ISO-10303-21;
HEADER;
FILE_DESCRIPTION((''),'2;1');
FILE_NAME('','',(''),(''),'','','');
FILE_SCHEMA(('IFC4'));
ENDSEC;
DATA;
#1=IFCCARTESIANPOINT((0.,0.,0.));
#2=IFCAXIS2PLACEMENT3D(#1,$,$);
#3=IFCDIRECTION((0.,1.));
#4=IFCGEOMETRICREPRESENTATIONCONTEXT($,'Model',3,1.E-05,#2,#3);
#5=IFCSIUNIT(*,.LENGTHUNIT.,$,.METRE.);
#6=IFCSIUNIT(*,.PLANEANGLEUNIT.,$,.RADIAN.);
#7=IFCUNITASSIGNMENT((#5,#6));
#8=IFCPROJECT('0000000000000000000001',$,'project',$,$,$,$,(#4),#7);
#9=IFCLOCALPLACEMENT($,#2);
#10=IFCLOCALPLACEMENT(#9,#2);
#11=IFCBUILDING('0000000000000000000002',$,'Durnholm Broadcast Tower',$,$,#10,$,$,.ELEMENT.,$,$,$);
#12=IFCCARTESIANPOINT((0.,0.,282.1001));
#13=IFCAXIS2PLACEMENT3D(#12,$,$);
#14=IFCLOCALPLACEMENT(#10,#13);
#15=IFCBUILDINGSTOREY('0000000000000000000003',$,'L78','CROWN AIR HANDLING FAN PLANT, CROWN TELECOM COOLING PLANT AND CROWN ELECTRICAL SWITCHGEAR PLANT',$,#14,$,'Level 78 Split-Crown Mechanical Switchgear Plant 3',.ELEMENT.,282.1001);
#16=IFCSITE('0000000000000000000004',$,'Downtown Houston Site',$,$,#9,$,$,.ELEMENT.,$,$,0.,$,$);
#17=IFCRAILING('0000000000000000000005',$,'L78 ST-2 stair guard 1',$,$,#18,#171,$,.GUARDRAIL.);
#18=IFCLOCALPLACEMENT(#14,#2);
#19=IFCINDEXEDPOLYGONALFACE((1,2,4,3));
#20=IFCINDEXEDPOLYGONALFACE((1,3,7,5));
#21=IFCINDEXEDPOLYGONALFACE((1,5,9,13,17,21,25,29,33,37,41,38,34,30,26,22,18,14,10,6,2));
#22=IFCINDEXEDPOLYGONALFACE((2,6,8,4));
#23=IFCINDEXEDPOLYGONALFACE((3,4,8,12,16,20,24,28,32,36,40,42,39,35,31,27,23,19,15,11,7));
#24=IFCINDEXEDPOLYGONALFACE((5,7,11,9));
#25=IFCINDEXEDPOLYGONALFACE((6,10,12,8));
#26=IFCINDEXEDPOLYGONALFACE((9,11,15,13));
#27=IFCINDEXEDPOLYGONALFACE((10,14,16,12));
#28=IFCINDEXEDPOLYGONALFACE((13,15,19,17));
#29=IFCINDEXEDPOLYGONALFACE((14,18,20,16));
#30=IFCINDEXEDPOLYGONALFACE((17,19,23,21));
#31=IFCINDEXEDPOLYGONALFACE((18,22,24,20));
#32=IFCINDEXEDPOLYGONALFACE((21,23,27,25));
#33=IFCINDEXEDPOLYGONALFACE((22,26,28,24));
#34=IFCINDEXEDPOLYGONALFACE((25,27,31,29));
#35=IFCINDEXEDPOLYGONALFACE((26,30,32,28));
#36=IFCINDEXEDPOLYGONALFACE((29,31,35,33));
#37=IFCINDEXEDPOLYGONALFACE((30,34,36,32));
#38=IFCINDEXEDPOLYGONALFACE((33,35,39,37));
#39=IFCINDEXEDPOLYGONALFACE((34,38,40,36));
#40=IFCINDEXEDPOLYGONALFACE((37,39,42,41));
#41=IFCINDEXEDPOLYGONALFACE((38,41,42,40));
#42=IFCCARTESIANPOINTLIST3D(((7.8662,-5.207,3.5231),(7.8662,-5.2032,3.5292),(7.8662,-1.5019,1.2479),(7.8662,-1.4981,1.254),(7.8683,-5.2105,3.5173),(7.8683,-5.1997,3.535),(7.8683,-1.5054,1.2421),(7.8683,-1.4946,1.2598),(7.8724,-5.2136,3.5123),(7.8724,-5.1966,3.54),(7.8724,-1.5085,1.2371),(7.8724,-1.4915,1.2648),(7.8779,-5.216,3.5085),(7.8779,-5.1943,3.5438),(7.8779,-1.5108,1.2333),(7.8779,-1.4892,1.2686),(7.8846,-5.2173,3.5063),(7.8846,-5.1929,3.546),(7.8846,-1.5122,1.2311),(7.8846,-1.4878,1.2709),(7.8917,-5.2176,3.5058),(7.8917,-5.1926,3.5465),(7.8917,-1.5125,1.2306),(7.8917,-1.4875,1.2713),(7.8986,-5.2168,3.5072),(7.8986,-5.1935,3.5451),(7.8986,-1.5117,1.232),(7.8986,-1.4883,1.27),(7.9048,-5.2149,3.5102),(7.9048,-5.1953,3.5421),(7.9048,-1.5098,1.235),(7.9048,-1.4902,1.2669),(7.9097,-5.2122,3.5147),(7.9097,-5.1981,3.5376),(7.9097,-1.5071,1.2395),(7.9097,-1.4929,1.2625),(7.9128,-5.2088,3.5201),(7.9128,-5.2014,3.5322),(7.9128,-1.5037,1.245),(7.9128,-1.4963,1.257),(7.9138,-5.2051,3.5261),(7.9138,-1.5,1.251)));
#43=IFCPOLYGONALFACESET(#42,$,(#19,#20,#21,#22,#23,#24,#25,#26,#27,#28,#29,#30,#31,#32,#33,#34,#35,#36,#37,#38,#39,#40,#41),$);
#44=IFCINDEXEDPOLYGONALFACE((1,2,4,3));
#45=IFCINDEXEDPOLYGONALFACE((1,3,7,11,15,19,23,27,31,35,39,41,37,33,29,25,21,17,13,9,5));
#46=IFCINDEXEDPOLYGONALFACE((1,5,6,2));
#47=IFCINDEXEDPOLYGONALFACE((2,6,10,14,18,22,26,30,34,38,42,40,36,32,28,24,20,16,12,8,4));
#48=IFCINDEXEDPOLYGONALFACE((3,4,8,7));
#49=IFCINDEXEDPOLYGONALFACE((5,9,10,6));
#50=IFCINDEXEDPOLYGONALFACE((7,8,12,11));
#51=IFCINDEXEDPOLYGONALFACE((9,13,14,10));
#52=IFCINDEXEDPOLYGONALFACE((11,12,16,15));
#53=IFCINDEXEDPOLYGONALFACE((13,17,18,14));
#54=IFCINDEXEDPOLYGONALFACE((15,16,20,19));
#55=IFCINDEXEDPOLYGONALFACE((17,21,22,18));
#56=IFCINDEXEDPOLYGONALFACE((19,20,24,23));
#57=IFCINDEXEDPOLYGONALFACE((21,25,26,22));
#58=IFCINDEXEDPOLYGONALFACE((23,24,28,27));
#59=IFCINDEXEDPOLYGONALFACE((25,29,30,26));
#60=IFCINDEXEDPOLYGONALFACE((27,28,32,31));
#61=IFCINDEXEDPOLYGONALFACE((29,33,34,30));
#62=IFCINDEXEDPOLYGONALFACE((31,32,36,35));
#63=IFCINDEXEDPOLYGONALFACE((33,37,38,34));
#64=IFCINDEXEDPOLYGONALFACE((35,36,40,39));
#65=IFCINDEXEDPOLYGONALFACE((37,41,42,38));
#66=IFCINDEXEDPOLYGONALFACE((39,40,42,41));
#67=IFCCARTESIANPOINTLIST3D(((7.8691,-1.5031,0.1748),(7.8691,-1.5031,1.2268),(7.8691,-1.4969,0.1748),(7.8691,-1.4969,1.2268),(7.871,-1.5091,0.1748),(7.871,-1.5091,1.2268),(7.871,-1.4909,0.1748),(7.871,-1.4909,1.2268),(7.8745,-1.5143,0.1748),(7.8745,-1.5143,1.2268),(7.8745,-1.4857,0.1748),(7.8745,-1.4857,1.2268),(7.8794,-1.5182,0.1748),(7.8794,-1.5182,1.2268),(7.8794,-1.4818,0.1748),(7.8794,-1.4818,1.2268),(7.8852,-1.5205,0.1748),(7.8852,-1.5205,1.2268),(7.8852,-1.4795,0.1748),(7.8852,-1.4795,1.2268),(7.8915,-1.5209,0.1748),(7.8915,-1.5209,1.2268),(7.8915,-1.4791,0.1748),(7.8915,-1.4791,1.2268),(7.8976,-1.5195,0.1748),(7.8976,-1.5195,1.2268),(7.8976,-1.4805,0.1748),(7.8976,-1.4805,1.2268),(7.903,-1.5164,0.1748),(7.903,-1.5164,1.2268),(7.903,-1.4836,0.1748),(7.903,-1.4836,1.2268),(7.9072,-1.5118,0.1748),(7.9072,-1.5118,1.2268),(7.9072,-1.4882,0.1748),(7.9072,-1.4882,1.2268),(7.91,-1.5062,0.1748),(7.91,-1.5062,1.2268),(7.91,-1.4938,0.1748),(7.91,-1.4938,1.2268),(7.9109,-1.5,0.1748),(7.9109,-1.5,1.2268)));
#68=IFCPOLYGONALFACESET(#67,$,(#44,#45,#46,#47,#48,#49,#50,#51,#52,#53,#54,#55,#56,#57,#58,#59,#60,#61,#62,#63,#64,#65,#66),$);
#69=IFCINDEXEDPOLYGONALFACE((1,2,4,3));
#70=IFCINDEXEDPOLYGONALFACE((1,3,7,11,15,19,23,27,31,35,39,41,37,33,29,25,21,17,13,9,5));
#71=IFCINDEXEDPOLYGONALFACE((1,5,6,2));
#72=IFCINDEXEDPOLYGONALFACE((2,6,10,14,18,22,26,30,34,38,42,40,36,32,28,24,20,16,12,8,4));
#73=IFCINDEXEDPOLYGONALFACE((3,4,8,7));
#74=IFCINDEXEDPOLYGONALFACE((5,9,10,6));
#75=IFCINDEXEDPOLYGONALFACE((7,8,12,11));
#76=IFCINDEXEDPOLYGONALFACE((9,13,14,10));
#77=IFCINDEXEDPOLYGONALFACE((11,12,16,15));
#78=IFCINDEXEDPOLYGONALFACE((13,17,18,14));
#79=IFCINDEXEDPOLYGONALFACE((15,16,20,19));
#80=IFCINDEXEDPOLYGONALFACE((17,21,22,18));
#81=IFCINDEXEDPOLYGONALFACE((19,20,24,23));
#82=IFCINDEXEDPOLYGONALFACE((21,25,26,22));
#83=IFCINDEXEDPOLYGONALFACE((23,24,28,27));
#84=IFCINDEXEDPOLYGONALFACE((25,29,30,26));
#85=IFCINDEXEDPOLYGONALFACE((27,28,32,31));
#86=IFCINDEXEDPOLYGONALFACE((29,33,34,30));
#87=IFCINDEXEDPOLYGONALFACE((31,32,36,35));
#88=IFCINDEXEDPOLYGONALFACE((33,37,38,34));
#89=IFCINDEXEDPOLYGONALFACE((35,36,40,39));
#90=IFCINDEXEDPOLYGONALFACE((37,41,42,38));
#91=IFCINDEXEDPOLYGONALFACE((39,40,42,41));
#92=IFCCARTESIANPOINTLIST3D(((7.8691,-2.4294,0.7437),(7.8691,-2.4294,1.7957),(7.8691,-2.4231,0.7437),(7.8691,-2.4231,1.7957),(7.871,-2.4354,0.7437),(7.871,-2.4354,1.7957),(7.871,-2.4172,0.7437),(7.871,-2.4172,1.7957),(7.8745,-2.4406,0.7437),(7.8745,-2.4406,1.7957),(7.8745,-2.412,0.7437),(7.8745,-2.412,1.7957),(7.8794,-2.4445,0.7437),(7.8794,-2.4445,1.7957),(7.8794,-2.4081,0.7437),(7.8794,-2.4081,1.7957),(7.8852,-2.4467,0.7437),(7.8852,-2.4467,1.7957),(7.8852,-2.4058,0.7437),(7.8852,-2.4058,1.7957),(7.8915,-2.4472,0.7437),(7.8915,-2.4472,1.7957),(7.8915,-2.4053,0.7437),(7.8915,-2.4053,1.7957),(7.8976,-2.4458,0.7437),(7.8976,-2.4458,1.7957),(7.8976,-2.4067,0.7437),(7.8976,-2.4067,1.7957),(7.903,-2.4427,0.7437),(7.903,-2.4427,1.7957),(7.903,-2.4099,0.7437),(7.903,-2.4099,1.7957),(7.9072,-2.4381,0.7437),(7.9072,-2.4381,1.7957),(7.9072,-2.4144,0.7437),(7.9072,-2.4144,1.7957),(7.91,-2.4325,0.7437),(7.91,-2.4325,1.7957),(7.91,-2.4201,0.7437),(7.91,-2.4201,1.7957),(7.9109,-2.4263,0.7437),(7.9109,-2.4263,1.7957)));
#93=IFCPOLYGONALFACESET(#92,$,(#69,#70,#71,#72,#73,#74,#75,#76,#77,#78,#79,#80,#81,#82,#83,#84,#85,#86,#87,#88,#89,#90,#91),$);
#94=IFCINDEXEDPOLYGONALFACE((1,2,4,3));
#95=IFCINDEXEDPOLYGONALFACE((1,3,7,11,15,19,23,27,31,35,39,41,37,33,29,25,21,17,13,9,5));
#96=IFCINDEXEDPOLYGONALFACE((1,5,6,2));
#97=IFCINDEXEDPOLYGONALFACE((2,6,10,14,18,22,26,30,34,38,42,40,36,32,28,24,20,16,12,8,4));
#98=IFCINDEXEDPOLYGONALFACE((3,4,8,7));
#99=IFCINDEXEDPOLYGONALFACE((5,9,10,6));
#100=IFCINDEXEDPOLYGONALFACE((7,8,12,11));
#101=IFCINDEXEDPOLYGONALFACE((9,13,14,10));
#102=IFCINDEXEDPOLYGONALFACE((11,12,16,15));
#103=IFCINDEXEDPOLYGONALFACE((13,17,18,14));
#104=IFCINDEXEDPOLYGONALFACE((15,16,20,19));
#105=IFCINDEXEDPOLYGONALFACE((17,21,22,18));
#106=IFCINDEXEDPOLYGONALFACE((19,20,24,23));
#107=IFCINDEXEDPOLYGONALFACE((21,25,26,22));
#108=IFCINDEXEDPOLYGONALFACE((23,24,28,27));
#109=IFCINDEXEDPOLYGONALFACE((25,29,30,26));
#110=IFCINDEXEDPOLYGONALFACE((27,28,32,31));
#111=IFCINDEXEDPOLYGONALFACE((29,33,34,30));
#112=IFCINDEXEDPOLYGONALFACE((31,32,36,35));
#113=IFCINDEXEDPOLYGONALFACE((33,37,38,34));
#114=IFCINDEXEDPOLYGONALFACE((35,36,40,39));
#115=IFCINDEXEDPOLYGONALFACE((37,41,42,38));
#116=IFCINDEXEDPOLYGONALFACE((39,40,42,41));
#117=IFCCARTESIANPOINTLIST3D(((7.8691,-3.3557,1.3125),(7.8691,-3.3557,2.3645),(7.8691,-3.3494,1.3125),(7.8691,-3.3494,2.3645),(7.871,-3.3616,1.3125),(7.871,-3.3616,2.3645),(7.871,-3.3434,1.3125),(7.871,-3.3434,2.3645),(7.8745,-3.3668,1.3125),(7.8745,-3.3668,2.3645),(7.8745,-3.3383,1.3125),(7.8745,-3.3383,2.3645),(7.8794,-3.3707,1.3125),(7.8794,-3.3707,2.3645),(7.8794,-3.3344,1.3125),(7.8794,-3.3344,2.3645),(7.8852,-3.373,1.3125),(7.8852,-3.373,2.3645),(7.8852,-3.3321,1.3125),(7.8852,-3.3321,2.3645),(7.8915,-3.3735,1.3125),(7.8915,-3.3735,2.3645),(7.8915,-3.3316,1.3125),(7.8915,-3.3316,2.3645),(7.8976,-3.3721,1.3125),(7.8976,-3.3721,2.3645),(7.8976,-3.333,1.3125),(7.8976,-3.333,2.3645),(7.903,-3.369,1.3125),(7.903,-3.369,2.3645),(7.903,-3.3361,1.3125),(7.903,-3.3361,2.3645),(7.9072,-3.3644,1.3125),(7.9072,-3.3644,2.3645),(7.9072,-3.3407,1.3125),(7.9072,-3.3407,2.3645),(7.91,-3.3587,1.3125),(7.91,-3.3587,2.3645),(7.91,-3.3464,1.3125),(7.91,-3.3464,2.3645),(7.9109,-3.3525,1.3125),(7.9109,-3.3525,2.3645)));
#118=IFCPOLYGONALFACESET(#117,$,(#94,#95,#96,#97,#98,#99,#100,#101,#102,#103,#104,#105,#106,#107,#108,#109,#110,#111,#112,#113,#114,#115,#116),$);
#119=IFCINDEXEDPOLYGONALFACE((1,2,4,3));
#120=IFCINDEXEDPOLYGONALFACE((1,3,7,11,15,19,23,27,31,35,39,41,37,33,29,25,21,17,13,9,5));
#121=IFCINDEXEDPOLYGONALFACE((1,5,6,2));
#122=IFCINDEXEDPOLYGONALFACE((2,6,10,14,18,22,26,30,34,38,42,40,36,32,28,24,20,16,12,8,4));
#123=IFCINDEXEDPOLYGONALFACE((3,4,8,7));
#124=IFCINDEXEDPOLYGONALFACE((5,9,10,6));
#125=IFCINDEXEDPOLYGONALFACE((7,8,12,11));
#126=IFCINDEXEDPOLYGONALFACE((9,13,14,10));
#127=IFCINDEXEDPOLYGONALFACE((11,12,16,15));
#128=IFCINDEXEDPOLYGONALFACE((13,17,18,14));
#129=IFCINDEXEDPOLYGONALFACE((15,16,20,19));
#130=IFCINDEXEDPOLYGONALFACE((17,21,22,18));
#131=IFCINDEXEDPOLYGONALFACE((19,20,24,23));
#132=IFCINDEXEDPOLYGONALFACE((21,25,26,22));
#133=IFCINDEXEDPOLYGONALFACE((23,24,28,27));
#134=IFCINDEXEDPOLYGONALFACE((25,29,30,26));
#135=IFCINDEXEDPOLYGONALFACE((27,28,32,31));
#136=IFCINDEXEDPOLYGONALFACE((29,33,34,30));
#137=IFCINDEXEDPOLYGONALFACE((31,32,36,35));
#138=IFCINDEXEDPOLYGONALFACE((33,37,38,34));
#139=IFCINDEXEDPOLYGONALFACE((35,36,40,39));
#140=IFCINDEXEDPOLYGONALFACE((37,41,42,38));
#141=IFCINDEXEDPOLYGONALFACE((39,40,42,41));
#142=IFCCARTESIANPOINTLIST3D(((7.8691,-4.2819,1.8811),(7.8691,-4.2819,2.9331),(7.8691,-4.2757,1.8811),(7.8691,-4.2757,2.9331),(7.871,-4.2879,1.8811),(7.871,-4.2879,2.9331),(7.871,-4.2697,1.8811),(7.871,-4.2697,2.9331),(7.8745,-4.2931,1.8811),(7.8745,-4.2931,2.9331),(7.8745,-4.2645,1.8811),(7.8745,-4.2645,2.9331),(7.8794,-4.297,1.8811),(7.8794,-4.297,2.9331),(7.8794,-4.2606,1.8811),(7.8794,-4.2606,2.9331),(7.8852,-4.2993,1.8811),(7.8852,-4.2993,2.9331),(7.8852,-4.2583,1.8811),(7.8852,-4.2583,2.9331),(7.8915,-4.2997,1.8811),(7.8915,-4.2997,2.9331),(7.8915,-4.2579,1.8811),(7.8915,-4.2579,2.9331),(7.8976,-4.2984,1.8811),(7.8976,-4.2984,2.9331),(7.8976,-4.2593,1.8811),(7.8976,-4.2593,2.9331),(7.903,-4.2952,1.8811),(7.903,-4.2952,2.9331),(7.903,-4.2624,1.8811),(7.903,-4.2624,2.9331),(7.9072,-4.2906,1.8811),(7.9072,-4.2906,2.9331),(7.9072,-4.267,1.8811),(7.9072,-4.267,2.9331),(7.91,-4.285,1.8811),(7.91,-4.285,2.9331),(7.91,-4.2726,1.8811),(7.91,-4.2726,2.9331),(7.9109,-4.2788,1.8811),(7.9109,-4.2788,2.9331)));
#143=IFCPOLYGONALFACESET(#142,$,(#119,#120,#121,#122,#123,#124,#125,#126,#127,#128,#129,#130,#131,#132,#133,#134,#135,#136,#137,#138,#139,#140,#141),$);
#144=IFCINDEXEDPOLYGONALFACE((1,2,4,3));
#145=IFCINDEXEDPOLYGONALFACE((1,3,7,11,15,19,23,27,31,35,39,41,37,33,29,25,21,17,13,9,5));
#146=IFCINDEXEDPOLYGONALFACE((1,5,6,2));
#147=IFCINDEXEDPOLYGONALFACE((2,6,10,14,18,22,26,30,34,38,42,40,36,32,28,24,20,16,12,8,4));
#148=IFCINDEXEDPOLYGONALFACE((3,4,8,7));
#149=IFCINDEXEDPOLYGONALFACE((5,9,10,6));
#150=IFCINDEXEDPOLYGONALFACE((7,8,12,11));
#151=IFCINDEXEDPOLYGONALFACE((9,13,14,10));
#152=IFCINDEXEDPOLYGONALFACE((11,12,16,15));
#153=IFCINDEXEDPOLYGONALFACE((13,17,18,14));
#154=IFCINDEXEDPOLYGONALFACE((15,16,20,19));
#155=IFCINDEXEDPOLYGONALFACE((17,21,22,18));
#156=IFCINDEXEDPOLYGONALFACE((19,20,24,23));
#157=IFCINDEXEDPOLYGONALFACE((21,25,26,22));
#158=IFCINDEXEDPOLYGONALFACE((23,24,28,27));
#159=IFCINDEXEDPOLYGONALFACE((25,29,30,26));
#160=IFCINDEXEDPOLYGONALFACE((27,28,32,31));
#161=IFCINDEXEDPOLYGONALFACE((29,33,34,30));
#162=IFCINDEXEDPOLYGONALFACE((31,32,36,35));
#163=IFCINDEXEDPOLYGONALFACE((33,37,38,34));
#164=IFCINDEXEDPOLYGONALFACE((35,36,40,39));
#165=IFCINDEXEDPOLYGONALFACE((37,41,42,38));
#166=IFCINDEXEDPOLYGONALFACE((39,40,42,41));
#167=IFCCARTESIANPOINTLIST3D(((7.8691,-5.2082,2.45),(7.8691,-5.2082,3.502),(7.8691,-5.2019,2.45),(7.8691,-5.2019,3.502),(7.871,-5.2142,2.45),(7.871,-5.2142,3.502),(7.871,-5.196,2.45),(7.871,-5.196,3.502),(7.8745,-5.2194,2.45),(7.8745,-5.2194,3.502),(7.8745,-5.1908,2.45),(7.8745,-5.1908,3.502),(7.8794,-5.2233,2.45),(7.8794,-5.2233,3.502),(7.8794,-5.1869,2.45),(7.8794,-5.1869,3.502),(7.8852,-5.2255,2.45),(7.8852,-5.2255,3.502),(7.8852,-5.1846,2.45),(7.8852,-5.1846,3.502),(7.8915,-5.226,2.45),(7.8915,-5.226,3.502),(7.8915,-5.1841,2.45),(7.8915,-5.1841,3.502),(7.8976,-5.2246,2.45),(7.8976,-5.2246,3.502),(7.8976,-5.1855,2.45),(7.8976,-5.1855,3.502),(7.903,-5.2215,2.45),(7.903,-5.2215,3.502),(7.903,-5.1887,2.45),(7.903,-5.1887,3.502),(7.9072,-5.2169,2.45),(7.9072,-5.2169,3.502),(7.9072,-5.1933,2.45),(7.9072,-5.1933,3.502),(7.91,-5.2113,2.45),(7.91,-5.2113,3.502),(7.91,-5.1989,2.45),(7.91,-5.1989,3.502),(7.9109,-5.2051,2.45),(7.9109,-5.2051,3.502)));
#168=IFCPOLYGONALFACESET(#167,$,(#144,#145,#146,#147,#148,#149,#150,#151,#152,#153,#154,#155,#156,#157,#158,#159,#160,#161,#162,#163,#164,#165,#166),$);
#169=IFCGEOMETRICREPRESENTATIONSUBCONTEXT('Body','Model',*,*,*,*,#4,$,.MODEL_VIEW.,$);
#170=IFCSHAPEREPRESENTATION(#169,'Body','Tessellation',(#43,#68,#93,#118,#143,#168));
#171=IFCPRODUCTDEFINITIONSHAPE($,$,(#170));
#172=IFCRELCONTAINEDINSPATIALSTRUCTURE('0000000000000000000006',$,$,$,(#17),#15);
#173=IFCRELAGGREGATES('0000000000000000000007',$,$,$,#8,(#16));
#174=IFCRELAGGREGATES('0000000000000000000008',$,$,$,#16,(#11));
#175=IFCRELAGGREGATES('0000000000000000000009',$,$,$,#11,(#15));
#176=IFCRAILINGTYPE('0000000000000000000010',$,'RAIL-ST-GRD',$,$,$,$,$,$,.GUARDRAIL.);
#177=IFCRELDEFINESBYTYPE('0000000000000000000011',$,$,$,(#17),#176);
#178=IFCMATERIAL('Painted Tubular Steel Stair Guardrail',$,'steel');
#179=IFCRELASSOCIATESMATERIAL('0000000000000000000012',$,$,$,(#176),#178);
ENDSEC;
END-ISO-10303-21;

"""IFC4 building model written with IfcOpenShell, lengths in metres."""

from ifc_helpers import new_model, si_unit, direction, frame, origin, origin_2d, place, context, subcontext, project, spatial, circle, extrude, material, type_object, element, save


model = new_model("IFC4")

# Units and contexts
model_context = context("Model", 3, precision=1e-05, world=origin(), true_north=direction((0.0, 1.0)))
body_context = subcontext(model_context, "Body", "Model", "MODEL_VIEW")
ifc_project = project(units=[si_unit("LENGTHUNIT", "METRE"), si_unit("PLANEANGLEUNIT", "RADIAN")], contexts=[model_context])

# Site, building, storey
site_placement = place(None, origin())
site = spatial("IfcSite", under=ifc_project, at=site_placement, Name="Downtown Houston Site", CompositionType="ELEMENT", RefElevation=0.0)
building_placement = place(site_placement, origin())
building = spatial("IfcBuilding", under=site, at=building_placement, Name="Durnholm Broadcast Tower", CompositionType="ELEMENT")
storey_placement = place(building_placement, frame((0.0, 0.0, 282.1001)))
storey = spatial("IfcBuildingStorey", under=building, at=storey_placement, Name="L78", Description="CROWN AIR HANDLING FAN PLANT, CROWN TELECOM COOLING PLANT AND CROWN ELECTRICAL SWITCHGEAR PLANT", LongName="Level 78 Split-Crown Mechanical Switchgear Plant 3", CompositionType="ELEMENT", Elevation=282.1001)

# Railing
ifc_material_1 = material(Name="Painted Tubular Steel Stair Guardrail", Category="steel")
railing_type_1 = type_object("IfcRailingType", Name="RAIL-ST-GRD", PredefinedType="GUARDRAIL", material=ifc_material_1)
railing_1_placement = place(storey_placement, frame((7.8899, -1.5, 0.1748)))
element("IfcRailing", 1, at=railing_1_placement, inside=storey, type_object=railing_type_1, Name="L78 ST-2 stair guard 1", PredefinedType="GUARDRAIL", context=body_context, shape_type="SweptSolid", body=[
    extrude(circle(Radius=0.0239, at=origin_2d()), frame((0.0, 0.0, 1.0762), z_axis=(0.0, -0.852161, 0.523279), x_axis=(1.0, 0.0, 0.0)), (0.0, 0.0, 1.0), 4.3479),
    extrude(circle(Radius=0.021, at=origin_2d()), origin(), (0.0, 0.0, 1.0), 1.052),
    extrude(circle(Radius=0.021, at=origin_2d()), frame((0.0, -0.9263, 0.5688)), (0.0, 0.0, 1.0), 1.052),
    extrude(circle(Radius=0.021, at=origin_2d()), frame((0.0, -1.8525, 1.1377)), (0.0, 0.0, 1.0), 1.052),
    extrude(circle(Radius=0.021, at=origin_2d()), frame((0.0, -2.7788, 1.7063)), (0.0, 0.0, 1.0), 1.052),
    extrude(circle(Radius=0.021, at=origin_2d()), frame((0.0, -3.7051, 2.2751)), (0.0, 0.0, 1.0), 1.052),
])

save(model, "model.ifc")
